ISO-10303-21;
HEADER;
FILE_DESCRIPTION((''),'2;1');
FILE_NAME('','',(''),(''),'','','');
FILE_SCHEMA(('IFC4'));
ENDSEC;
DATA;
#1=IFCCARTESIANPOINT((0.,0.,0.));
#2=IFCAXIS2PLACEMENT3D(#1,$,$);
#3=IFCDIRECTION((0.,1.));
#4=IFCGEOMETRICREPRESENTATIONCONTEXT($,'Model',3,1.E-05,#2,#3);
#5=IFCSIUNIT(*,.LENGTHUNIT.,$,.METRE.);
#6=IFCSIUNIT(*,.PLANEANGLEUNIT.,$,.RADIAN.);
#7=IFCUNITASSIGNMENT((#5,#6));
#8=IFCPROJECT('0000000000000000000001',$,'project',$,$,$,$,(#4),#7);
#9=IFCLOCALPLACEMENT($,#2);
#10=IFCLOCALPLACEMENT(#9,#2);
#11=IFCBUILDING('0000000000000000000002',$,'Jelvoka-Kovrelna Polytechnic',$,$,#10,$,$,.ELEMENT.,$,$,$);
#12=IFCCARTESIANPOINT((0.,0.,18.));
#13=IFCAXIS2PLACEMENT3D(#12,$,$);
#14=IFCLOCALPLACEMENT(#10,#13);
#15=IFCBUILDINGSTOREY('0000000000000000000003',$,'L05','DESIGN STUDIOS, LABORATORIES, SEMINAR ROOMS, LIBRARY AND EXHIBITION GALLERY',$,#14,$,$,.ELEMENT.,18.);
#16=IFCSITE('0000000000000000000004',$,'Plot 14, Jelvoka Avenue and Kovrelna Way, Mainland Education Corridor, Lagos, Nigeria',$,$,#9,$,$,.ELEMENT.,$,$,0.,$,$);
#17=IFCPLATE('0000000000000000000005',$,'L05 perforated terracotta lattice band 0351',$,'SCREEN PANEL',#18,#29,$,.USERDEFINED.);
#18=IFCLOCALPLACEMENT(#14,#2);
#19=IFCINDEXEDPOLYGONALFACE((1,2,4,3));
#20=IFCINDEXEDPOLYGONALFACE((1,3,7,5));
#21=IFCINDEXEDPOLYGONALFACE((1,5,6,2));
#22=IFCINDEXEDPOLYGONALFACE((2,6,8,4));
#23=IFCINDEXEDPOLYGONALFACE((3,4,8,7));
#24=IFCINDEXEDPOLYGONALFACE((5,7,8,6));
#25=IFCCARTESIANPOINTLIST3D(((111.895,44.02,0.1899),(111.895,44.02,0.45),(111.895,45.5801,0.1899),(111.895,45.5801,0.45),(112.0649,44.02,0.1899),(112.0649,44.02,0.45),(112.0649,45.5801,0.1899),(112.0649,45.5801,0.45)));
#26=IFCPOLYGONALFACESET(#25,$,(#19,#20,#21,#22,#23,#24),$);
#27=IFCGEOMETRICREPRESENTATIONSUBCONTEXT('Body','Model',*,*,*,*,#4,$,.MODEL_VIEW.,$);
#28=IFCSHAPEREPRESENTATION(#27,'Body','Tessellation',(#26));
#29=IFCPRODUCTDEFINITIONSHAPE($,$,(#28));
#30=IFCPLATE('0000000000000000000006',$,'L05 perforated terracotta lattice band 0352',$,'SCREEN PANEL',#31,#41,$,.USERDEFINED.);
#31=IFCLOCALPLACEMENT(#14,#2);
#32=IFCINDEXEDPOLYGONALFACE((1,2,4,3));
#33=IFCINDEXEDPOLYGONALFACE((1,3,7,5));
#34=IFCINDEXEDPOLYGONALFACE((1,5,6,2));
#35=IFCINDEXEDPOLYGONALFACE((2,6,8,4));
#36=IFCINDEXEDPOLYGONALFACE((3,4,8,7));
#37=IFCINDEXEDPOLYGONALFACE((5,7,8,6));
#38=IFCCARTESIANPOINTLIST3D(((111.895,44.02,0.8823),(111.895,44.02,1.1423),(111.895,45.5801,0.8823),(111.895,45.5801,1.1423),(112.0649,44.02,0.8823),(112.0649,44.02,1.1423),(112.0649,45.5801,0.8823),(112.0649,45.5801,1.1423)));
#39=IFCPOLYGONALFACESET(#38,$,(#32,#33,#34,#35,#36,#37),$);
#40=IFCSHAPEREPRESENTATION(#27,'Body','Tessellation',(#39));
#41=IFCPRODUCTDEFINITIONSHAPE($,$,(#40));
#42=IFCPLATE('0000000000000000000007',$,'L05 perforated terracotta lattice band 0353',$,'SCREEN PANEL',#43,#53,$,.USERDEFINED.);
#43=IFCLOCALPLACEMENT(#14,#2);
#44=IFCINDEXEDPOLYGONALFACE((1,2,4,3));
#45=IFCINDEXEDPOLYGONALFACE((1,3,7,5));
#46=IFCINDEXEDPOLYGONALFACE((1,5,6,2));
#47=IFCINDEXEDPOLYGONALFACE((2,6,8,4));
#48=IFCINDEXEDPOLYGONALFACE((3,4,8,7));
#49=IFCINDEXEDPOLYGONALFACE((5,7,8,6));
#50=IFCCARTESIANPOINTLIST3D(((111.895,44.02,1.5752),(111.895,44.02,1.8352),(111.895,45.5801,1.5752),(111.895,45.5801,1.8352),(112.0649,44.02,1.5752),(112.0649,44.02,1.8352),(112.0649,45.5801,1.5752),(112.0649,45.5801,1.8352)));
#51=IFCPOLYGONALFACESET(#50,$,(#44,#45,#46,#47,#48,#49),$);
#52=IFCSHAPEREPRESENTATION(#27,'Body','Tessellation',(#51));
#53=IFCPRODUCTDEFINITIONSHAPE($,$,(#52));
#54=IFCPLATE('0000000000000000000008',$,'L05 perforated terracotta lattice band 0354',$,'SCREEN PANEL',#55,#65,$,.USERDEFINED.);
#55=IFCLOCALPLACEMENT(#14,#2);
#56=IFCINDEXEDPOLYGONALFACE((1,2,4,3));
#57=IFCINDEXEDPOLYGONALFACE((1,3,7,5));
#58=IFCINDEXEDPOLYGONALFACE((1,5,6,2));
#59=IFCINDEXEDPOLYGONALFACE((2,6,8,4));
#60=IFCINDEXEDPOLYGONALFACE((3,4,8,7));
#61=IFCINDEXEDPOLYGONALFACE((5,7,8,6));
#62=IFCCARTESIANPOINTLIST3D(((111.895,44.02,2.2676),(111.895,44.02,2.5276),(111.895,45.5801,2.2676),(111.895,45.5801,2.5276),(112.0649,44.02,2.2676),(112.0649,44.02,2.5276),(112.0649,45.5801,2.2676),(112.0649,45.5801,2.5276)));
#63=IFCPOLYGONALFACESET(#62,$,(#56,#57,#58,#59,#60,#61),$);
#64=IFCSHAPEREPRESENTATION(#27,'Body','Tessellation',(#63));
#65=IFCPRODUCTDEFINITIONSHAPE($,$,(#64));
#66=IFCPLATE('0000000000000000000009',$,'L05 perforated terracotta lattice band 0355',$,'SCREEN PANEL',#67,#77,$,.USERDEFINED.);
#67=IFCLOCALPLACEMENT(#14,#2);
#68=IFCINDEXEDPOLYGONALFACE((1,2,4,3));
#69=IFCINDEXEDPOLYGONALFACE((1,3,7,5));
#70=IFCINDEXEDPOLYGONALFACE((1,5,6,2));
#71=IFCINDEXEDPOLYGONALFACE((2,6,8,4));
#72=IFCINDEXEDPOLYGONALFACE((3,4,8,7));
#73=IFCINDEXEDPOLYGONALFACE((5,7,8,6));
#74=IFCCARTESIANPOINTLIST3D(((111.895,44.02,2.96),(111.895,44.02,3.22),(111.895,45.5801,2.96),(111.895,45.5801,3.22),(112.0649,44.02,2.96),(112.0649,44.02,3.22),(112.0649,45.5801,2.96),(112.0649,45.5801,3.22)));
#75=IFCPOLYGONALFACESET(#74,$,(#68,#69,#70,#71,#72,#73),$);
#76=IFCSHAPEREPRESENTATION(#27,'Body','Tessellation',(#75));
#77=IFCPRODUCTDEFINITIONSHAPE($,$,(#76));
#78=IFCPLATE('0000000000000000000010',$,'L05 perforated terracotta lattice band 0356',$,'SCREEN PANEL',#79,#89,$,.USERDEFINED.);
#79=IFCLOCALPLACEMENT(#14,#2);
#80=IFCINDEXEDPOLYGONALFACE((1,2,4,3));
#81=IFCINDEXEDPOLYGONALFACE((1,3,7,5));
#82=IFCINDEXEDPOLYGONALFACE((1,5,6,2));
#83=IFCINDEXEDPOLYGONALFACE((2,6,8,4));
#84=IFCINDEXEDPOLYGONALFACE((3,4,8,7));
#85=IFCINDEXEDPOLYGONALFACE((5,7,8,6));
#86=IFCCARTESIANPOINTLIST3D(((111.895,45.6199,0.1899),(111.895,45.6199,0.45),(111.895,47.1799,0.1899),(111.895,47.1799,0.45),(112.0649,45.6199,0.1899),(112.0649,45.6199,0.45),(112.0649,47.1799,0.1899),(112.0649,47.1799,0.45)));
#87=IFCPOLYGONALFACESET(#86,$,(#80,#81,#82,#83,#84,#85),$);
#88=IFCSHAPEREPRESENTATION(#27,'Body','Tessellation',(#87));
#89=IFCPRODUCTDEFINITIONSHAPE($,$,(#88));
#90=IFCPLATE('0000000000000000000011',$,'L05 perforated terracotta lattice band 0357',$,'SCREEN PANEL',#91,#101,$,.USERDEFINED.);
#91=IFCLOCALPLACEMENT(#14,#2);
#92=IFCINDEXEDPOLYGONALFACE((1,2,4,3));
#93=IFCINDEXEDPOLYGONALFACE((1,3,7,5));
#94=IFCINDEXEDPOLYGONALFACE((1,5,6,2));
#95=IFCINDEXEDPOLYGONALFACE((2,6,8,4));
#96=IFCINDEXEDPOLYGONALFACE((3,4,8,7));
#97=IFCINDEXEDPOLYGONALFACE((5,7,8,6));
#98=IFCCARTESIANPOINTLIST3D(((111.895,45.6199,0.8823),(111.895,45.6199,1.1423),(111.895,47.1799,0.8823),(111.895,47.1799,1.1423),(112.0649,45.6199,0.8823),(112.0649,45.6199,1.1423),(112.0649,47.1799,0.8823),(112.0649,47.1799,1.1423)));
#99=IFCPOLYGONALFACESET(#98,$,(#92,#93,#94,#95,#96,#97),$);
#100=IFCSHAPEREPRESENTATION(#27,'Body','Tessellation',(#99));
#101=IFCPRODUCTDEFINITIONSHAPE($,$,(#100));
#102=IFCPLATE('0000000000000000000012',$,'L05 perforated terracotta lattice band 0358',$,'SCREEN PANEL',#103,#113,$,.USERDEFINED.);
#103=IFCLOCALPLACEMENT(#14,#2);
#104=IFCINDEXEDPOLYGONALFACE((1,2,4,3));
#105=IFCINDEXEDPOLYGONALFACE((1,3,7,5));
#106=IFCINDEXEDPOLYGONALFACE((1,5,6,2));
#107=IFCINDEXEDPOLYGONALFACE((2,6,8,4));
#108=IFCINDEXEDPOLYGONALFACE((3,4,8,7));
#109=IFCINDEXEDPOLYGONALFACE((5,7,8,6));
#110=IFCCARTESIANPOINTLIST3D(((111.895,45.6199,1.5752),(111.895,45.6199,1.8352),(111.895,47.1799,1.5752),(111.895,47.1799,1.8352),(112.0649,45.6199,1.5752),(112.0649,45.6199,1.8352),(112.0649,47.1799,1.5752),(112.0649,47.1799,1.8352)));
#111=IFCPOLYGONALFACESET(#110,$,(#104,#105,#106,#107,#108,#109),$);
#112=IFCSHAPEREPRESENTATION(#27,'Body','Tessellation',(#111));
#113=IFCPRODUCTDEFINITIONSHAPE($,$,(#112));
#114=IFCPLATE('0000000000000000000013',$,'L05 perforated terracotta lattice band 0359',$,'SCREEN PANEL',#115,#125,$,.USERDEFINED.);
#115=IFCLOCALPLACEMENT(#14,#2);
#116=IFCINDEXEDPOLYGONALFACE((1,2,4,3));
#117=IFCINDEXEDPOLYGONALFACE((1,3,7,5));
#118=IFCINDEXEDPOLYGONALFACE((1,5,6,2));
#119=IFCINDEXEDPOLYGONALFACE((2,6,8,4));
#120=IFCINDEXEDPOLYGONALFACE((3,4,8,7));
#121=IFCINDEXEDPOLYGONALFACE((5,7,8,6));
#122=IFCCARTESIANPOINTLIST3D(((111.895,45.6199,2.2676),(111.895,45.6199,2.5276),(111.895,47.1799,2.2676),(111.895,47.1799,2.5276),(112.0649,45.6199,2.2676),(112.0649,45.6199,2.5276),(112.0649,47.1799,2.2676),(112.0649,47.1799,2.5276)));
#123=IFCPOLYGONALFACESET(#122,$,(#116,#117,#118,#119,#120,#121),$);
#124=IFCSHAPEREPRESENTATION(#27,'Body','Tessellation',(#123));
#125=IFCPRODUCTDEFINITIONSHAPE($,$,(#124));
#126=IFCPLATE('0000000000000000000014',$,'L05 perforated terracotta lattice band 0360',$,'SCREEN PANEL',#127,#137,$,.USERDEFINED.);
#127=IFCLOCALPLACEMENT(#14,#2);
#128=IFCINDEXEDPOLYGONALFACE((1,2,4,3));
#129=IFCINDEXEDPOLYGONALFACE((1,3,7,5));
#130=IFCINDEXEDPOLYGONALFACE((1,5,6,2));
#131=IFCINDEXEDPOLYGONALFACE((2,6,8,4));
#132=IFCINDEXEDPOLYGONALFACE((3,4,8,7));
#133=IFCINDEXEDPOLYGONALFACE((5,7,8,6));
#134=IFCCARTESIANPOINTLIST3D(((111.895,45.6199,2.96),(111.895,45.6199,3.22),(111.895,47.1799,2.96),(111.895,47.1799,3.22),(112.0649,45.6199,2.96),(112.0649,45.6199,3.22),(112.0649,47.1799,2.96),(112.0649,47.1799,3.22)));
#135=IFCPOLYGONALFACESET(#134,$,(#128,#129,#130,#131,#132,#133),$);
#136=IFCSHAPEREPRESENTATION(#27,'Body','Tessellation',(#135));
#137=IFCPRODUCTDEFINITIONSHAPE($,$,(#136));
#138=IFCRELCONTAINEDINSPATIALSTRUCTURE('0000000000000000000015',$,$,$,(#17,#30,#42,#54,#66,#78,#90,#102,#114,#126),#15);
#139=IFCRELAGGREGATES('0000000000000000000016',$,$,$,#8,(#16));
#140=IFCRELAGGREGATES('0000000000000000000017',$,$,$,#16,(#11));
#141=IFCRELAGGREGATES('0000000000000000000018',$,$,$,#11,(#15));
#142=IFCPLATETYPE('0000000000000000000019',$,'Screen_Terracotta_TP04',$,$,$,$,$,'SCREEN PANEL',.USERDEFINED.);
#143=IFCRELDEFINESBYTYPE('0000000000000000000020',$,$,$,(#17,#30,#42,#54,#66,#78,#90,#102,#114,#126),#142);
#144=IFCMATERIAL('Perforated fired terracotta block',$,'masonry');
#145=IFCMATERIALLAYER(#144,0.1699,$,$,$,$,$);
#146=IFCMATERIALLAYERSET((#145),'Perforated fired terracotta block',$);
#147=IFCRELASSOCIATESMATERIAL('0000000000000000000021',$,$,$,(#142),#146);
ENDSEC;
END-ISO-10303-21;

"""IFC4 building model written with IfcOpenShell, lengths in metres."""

from ifc_helpers import new_model, si_unit, direction, frame, origin, origin_2d, place, context, subcontext, project, spatial, rectangle, extrude, material, layer, layer_set, type_object, element, save


model = new_model("IFC4")

# Units and contexts
model_context = context("Model", 3, precision=1e-05, world=origin(), true_north=direction((0.0, 1.0)))
body_context = subcontext(model_context, "Body", "Model", "MODEL_VIEW")
ifc_project = project(units=[si_unit("LENGTHUNIT", "METRE"), si_unit("PLANEANGLEUNIT", "RADIAN")], contexts=[model_context])

# Site, building, storey
site_placement = place(None, origin())
site = spatial("IfcSite", under=ifc_project, at=site_placement, Name="Plot 14, Jelvoka Avenue and Kovrelna Way, Mainland Education Corridor, Lagos, Nigeria", CompositionType="ELEMENT", RefElevation=0.0)
building_placement = place(site_placement, origin())
building = spatial("IfcBuilding", under=site, at=building_placement, Name="Jelvoka-Kovrelna Polytechnic", CompositionType="ELEMENT")
storey_placement = place(building_placement, frame((0.0, 0.0, 18.0)))
storey = spatial("IfcBuildingStorey", under=building, at=storey_placement, Name="L05", Description="DESIGN STUDIOS, LABORATORIES, SEMINAR ROOMS, LIBRARY AND EXHIBITION GALLERY", CompositionType="ELEMENT", Elevation=18.0)

# Plates
ifc_material_1 = material(Name="Perforated fired terracotta block", Category="masonry")
ifc_layer_1 = layer(ifc_material_1, 0.1699)
ifc_layer_set_1 = layer_set([ifc_layer_1], Name="Perforated fired terracotta block")
plate_type_1 = type_object("IfcPlateType", Name="Screen_Terracotta_TP04", ElementType="SCREEN PANEL", PredefinedType="USERDEFINED", material=ifc_layer_set_1)
for number, where, z_axis, x_axis, name in (
    (1, (111.98, 44.8, 0.1899), (0.0, 0.0, 1.0), (0.0, 1.0, 0.0), "L05 perforated terracotta lattice band 0351"),
    (2, (111.98, 44.8, 0.8823), (0.0, 0.0, 1.0), (0.0, 1.0, 0.0), "L05 perforated terracotta lattice band 0352"),
    (3, (111.98, 44.8, 1.5752), (0.0, 0.0, 1.0), (0.0, 1.0, 0.0), "L05 perforated terracotta lattice band 0353"),
    (4, (111.98, 44.8, 2.2676), (0.0, 0.0, 1.0), (0.0, 1.0, 0.0), "L05 perforated terracotta lattice band 0354"),
    (5, (111.98, 44.8, 2.96), (0.0, 0.0, 1.0), (0.0, 1.0, 0.0), "L05 perforated terracotta lattice band 0355"),
    (6, (111.98, 46.3999, 0.1899), (0.0, 0.0, 1.0), (0.0, 1.0, 0.0), "L05 perforated terracotta lattice band 0356"),
    (7, (111.98, 46.3999, 0.8823), (0.0, 0.0, 1.0), (0.0, 1.0, 0.0), "L05 perforated terracotta lattice band 0357"),
    (8, (111.98, 46.3999, 1.5752), (0.0, 0.0, 1.0), (0.0, 1.0, 0.0), "L05 perforated terracotta lattice band 0358"),
    (9, (111.98, 46.3999, 2.2676), (0.0, 0.0, 1.0), (0.0, 1.0, 0.0), "L05 perforated terracotta lattice band 0359"),
    (10, (111.98, 46.3999, 2.96), (0.0, 0.0, 1.0), (0.0, 1.0, 0.0), "L05 perforated terracotta lattice band 0360"),
):
    element("IfcPlate", number, at=place(storey_placement, frame(where, z_axis=z_axis, x_axis=x_axis)), inside=storey, type_object=plate_type_1, Name=name, ObjectType="SCREEN PANEL", PredefinedType="USERDEFINED", context=body_context, shape_type="SweptSolid", body=[
        extrude(rectangle(XDim=1.5601, YDim=0.1699, at=origin_2d()), origin(), (0.0, 0.0, 1.0), 0.26),
    ])

save(model, "model.ifc")
